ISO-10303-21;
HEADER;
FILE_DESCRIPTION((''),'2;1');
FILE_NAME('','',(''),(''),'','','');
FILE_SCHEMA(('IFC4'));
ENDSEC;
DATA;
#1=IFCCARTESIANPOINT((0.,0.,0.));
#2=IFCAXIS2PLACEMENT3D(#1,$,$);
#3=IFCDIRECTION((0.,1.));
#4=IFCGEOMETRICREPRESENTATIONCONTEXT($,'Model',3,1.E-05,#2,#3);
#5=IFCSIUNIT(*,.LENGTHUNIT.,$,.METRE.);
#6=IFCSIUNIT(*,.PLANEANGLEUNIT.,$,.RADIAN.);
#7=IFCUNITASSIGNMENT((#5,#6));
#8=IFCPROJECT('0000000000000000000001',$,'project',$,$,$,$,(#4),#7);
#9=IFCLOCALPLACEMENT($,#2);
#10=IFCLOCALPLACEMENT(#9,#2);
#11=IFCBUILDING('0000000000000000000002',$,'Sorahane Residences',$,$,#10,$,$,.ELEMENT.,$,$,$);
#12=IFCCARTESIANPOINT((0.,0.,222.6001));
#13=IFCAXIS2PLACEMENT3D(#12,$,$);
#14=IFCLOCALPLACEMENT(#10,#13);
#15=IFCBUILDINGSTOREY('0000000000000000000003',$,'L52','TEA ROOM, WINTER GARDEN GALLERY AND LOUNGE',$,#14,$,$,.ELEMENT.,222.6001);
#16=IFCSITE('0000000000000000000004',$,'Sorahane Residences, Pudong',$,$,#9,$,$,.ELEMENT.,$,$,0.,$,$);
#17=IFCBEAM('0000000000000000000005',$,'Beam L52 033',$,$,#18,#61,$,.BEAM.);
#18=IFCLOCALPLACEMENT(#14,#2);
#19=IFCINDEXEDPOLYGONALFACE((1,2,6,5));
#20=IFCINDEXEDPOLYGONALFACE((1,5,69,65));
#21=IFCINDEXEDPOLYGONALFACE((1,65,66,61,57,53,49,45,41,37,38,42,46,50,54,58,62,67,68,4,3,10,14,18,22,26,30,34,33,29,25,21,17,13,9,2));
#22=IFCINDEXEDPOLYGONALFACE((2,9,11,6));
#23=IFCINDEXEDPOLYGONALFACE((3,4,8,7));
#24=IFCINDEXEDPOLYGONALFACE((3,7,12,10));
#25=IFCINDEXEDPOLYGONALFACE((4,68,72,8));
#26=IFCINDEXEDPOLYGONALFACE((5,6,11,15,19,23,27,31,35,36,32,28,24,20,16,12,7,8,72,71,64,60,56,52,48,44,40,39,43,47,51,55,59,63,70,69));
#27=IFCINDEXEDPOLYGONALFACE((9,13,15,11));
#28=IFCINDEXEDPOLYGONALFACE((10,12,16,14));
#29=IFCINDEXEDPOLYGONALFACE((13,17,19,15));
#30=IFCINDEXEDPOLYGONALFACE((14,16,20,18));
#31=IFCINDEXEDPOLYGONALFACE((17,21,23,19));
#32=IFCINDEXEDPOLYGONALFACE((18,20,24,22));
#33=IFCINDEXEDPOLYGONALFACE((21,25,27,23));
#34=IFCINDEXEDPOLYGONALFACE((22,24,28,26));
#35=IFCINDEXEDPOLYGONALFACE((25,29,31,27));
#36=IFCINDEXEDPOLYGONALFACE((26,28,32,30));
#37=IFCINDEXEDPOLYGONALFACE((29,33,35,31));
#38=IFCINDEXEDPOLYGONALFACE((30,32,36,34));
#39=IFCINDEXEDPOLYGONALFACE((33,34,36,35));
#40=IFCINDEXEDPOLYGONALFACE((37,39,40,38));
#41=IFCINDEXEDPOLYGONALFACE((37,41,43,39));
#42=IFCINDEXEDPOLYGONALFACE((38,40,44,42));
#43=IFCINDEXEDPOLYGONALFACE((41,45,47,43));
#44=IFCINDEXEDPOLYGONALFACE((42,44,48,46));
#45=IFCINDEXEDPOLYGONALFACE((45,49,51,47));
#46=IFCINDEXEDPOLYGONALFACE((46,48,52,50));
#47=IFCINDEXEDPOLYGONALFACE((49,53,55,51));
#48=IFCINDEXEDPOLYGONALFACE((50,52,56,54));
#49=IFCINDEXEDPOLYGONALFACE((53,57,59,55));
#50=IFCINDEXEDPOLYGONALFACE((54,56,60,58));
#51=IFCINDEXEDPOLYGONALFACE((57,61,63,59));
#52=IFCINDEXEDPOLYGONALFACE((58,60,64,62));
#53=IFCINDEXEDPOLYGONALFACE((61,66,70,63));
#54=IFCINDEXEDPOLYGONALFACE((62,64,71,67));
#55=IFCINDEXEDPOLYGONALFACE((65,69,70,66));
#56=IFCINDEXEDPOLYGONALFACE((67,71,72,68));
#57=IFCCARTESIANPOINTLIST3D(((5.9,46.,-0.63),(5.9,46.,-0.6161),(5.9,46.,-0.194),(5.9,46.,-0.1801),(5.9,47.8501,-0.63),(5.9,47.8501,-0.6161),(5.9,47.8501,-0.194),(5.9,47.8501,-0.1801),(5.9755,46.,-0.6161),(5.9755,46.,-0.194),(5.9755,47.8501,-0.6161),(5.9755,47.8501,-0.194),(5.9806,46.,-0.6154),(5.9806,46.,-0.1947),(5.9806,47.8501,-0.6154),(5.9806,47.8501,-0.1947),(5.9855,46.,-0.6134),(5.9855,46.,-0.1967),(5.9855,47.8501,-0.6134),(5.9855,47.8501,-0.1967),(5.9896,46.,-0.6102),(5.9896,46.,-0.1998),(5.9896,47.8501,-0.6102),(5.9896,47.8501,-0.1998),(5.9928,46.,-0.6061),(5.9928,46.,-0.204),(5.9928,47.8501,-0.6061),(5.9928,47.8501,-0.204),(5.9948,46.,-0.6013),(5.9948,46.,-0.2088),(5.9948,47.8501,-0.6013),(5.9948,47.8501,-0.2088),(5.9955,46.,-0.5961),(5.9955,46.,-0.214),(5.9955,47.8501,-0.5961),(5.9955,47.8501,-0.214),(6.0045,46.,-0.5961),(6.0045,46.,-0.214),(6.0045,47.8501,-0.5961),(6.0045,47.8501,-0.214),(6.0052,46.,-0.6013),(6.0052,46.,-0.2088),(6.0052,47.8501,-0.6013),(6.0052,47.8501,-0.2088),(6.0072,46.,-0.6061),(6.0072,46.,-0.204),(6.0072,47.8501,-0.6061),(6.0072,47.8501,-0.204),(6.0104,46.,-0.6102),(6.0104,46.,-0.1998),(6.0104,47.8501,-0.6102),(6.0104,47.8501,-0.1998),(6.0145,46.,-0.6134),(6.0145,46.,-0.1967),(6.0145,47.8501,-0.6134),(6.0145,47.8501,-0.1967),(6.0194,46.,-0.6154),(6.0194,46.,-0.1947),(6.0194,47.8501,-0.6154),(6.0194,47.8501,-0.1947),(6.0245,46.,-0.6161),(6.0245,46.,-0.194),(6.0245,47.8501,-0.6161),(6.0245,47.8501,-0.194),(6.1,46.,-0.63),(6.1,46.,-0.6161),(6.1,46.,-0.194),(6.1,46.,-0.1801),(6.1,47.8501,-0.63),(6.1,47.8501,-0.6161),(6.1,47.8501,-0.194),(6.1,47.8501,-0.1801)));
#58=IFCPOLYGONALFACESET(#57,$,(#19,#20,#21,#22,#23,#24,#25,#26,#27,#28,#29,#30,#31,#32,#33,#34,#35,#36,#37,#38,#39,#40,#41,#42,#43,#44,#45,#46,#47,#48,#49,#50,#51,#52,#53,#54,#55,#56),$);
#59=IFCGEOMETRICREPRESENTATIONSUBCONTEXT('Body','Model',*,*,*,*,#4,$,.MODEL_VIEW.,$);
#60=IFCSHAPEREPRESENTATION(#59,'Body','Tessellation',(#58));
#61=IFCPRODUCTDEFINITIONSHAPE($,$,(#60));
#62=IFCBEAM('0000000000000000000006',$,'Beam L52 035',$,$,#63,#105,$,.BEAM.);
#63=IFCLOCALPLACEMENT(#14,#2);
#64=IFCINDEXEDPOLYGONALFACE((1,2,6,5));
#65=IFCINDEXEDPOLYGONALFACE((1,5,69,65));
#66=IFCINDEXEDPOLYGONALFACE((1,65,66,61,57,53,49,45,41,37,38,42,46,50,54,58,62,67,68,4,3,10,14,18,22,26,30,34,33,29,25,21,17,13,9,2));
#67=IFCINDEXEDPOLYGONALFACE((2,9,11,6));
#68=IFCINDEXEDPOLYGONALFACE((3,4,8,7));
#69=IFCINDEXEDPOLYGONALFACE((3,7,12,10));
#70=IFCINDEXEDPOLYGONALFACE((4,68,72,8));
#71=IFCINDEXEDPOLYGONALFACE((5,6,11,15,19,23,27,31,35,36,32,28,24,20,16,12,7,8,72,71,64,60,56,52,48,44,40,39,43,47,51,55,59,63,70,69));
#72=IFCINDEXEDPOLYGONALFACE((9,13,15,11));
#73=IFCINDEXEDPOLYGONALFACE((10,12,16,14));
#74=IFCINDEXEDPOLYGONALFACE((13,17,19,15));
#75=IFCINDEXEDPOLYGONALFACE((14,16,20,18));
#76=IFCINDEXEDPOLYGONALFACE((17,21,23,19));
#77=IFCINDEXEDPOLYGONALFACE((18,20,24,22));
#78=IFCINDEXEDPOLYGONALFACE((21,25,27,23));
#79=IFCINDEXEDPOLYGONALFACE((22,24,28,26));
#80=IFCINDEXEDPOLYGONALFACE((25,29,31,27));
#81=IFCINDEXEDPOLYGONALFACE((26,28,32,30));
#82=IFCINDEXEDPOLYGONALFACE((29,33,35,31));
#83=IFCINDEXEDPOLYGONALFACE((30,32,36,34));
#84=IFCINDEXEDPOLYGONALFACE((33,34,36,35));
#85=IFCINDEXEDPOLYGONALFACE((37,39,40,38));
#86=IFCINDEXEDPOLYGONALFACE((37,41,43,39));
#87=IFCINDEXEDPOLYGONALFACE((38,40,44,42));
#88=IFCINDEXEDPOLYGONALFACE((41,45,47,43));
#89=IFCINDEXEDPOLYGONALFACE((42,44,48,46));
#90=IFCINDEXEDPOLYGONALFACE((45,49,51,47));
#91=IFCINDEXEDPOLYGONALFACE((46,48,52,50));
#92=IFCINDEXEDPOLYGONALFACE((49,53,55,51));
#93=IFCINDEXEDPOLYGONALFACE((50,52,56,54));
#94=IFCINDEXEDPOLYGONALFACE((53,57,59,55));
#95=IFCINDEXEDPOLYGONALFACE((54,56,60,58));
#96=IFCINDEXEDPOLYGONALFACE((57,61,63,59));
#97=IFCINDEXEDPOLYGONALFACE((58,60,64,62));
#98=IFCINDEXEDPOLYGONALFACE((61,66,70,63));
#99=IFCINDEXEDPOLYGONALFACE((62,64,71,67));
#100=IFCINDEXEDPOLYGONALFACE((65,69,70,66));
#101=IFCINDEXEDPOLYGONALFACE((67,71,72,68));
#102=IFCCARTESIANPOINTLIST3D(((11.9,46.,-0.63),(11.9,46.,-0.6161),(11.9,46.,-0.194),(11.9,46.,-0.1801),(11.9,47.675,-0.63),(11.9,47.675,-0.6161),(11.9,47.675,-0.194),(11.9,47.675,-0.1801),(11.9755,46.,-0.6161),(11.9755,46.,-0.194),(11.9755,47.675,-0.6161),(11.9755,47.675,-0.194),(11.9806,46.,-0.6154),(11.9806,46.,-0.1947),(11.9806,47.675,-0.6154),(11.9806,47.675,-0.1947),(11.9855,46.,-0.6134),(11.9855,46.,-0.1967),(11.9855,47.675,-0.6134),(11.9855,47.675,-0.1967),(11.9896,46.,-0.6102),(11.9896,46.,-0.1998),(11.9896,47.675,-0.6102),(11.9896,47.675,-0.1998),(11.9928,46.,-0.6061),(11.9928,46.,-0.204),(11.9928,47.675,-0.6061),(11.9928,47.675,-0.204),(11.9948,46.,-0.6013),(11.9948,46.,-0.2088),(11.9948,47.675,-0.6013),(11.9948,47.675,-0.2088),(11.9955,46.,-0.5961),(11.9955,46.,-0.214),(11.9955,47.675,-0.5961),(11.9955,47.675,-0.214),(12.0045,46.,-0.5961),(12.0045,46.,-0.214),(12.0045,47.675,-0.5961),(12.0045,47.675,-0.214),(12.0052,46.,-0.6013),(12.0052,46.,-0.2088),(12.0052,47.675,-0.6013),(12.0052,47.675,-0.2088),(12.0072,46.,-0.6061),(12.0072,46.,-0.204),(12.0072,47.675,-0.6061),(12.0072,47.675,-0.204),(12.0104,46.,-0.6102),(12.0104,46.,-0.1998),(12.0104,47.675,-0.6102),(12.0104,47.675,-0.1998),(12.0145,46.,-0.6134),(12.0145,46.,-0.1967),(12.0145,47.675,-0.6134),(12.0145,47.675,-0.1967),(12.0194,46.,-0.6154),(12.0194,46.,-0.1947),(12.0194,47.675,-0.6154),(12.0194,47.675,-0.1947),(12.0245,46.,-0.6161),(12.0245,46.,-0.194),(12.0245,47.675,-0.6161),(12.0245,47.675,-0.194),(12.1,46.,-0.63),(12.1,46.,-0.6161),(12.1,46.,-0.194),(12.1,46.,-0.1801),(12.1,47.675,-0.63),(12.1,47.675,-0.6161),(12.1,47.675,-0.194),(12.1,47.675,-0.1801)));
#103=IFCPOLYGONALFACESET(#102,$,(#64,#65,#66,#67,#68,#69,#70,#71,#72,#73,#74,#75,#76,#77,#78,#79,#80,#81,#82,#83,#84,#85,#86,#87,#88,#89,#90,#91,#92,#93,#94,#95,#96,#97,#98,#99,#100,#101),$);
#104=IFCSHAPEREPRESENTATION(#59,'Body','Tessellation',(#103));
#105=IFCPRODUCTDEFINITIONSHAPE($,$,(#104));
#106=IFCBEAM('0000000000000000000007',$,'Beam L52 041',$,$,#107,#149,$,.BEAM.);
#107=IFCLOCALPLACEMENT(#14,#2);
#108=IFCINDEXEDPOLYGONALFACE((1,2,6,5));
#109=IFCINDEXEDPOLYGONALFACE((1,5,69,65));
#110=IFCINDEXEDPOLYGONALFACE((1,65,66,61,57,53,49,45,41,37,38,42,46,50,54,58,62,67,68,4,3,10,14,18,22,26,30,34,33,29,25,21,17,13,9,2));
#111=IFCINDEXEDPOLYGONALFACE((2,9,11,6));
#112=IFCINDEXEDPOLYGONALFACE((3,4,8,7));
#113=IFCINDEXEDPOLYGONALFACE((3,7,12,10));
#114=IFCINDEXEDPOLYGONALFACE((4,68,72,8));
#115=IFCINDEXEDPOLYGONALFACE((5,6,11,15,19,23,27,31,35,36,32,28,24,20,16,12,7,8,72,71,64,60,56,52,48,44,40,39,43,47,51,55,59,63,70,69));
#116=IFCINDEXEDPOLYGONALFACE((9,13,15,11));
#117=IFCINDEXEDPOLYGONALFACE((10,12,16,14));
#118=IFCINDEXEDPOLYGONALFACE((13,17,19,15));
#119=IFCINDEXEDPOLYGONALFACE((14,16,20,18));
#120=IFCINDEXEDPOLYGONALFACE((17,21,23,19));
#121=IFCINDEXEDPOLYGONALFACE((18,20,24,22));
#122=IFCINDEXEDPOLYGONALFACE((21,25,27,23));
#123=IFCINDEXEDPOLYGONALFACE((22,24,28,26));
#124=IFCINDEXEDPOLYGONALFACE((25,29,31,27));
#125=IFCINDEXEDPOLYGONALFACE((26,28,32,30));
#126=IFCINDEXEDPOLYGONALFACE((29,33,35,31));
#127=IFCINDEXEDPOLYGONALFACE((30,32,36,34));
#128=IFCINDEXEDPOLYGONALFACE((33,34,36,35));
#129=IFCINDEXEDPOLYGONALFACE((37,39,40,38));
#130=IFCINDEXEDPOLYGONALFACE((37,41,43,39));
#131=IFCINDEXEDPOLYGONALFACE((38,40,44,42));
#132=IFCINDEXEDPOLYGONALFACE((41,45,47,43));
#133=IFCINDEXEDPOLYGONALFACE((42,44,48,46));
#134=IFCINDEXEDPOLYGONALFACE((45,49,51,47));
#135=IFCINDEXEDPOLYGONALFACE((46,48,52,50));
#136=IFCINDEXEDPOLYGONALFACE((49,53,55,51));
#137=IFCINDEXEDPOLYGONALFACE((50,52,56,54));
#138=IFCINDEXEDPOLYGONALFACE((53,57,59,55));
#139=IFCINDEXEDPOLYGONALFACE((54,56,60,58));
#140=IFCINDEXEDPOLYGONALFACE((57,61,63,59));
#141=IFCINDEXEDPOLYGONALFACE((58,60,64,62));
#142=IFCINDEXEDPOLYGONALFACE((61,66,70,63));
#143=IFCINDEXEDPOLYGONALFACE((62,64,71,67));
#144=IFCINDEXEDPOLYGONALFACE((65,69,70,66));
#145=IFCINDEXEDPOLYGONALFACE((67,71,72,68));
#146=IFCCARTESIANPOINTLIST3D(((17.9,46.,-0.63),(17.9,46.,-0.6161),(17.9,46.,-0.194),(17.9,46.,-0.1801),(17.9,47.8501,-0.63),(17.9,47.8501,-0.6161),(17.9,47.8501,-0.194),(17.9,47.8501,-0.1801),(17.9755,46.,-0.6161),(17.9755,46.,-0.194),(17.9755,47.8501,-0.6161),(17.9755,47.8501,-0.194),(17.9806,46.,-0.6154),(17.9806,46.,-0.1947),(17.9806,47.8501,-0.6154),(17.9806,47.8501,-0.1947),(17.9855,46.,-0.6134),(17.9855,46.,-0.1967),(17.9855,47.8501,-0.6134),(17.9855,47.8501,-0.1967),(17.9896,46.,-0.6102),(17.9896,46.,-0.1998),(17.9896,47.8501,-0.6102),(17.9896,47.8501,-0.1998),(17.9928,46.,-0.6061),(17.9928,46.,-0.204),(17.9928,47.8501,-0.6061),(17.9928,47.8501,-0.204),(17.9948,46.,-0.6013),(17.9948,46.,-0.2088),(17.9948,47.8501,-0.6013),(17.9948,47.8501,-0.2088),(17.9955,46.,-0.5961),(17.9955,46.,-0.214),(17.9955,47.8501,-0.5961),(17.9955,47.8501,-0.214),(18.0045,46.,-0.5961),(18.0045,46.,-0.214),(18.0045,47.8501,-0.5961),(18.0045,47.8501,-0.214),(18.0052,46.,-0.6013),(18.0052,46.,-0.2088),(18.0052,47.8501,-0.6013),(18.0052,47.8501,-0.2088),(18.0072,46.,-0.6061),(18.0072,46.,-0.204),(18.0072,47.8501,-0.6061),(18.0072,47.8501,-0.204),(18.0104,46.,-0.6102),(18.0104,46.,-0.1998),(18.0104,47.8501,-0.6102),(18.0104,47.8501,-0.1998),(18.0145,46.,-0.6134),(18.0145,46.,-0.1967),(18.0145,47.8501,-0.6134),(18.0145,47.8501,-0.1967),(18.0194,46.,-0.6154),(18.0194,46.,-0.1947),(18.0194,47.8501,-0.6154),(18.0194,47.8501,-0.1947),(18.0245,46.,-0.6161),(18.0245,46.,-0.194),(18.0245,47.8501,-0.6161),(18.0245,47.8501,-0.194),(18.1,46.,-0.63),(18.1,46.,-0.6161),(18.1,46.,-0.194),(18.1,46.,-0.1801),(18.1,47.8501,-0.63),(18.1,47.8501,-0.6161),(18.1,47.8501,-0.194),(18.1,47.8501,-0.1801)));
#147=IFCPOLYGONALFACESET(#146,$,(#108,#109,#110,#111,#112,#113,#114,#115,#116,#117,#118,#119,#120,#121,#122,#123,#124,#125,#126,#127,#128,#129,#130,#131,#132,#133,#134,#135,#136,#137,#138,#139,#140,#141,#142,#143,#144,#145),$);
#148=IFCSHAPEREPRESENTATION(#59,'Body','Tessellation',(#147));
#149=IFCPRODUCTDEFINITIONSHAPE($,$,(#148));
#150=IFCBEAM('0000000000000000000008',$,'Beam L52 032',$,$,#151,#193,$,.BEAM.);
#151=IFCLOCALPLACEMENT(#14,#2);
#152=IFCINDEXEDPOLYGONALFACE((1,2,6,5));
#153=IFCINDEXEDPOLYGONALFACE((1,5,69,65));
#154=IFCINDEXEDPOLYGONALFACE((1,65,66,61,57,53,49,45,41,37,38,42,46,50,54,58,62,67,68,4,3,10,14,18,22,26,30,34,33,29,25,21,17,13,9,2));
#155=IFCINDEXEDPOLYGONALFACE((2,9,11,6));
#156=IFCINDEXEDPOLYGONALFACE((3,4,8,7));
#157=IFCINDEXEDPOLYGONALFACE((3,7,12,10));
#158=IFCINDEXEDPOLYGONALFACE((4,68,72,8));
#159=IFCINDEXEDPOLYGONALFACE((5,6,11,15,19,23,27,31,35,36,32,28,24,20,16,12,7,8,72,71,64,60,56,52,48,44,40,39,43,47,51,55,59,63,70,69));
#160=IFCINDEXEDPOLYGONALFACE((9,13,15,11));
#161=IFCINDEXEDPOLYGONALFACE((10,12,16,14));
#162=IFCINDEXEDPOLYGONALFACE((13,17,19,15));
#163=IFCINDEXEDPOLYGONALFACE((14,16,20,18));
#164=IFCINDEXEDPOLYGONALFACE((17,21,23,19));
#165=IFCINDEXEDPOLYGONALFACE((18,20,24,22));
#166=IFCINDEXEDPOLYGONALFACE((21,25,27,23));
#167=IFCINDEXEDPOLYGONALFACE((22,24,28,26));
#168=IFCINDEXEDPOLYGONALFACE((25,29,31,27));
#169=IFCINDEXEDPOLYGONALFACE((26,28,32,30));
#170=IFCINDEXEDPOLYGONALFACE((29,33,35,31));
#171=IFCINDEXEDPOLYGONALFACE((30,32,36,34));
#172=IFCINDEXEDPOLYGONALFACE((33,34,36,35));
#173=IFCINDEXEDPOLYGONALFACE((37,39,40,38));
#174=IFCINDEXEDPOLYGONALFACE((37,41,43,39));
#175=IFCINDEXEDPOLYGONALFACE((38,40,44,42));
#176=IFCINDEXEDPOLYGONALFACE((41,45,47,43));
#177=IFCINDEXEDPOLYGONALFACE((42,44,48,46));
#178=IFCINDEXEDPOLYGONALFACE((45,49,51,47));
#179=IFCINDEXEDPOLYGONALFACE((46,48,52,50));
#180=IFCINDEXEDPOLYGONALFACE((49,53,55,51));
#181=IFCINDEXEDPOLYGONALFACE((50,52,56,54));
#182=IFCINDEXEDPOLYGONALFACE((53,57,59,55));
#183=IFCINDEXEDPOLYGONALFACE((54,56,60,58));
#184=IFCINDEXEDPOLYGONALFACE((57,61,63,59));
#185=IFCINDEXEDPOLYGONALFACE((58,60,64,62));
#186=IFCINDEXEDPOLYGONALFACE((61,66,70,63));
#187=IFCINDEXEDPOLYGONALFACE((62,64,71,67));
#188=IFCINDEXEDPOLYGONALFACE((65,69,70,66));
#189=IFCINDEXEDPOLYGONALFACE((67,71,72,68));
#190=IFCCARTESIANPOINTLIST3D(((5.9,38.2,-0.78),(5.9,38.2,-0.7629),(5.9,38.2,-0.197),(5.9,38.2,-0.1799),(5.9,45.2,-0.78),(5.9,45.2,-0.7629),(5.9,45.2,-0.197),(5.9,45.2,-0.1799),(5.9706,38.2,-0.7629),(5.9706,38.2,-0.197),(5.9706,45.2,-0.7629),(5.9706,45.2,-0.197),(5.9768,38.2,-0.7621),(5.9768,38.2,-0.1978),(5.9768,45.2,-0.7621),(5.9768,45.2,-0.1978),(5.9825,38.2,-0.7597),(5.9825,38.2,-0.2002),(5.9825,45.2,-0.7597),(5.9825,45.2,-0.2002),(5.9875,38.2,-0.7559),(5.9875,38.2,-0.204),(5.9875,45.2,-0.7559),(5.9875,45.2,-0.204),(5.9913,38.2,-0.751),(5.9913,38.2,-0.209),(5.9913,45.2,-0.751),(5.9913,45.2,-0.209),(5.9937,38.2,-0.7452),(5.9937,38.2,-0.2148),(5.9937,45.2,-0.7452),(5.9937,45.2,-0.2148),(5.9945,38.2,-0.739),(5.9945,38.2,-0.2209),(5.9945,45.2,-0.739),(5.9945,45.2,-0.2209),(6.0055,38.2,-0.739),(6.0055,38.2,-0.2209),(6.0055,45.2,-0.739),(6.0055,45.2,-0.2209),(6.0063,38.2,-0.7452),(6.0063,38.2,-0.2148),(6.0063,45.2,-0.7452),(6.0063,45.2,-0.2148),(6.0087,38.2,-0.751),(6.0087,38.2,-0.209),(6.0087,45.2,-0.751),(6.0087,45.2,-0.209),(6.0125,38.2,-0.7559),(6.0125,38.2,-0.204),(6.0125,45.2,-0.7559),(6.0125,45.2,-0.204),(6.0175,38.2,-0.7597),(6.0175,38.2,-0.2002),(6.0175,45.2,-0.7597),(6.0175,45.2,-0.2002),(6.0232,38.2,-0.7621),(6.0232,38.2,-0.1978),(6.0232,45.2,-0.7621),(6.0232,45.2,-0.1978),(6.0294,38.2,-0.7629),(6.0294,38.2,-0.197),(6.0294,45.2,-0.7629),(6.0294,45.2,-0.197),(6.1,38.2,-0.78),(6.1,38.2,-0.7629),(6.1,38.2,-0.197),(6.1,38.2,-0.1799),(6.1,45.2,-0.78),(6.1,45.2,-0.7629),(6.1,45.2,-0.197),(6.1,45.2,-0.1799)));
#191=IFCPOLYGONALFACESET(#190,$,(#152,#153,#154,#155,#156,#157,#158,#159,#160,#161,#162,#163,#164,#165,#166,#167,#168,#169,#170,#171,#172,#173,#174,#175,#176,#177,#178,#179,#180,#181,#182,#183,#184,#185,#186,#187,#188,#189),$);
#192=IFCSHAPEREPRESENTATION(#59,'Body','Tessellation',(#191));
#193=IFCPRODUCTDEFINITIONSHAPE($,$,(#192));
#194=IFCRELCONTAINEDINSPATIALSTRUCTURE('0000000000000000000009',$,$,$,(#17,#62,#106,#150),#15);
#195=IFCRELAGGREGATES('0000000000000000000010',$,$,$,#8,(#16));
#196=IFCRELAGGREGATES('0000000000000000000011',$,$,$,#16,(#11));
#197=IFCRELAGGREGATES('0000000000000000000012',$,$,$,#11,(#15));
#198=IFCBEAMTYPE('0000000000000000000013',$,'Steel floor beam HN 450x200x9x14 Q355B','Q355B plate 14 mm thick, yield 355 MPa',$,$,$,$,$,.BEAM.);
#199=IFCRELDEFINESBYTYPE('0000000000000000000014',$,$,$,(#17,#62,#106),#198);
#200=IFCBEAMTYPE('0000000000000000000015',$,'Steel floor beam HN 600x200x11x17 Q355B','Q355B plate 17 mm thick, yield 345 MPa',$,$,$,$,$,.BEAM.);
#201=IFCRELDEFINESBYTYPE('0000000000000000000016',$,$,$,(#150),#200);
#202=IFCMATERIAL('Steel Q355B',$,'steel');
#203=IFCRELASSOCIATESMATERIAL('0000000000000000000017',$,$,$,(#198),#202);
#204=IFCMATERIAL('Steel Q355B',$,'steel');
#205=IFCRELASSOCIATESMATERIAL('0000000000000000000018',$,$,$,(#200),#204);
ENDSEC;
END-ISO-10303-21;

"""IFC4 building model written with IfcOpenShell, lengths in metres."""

from ifc_helpers import new_model, si_unit, direction, frame, origin, origin_2d, place, context, subcontext, project, spatial, i_section, extrude, material, material_profile, profile_set, type_object, element, save


model = new_model("IFC4")

# Units and contexts
model_context = context("Model", 3, precision=1e-05, world=origin(), true_north=direction((0.0, 1.0)))
body_context = subcontext(model_context, "Body", "Model", "MODEL_VIEW")
ifc_project = project(units=[si_unit("LENGTHUNIT", "METRE"), si_unit("PLANEANGLEUNIT", "RADIAN")], contexts=[model_context])

# Site, building, storey
site_placement = place(None, origin())
site = spatial("IfcSite", under=ifc_project, at=site_placement, Name="Sorahane Residences, Pudong", CompositionType="ELEMENT", RefElevation=0.0)
building_placement = place(site_placement, origin())
building = spatial("IfcBuilding", under=site, at=building_placement, Name="Sorahane Residences", CompositionType="ELEMENT")
storey_placement = place(building_placement, frame((0.0, 0.0, 222.6001)))
storey = spatial("IfcBuildingStorey", under=building, at=storey_placement, Name="L52", Description="TEA ROOM, WINTER GARDEN GALLERY AND LOUNGE", CompositionType="ELEMENT", Elevation=222.6001)

# Beams
ifc_material_1 = material(Name="Steel Q355B", Category="steel")
ifc_material_profile_1 = material_profile(ifc_material_1, i_section(OverallWidth=0.2, OverallDepth=0.45, WebThickness=0.009, FlangeThickness=0.0139, FilletRadius=0.02, at=origin_2d()), Name="HN 450x200x9x14")
ifc_profile_set_1 = profile_set([ifc_material_profile_1], Name="Steel Q355B")
beam_type_1 = type_object("IfcBeamType", Name="Steel floor beam HN 450x200x9x14 Q355B", Description="Q355B plate 14 mm thick, yield 355 MPa", PredefinedType="BEAM", material=ifc_profile_set_1)
beam_1_placement = place(storey_placement, frame((6.0, 46.0, -0.405), z_axis=(0.0, 1.0, 0.0), x_axis=(-1.0, 0.0, 0.0)))
element("IfcBeam", 1, at=beam_1_placement, inside=storey, type_object=beam_type_1, Name="Beam L52 033", PredefinedType="BEAM", context=body_context, shape_type="SweptSolid", body=[
    extrude(i_section(OverallWidth=0.2, OverallDepth=0.45, WebThickness=0.009, FlangeThickness=0.0139, FilletRadius=0.02, at=origin_2d()), origin(), (0.0, 0.0, 1.0), 1.8501),
])
beam_2_placement = place(storey_placement, frame((12.0, 46.0, -0.405), z_axis=(0.0, 1.0, 0.0), x_axis=(-1.0, 0.0, 0.0)))
element("IfcBeam", 2, at=beam_2_placement, inside=storey, type_object=beam_type_1, Name="Beam L52 035", PredefinedType="BEAM", context=body_context, shape_type="SweptSolid", body=[
    extrude(i_section(OverallWidth=0.2, OverallDepth=0.45, WebThickness=0.009, FlangeThickness=0.0139, FilletRadius=0.02, at=origin_2d()), origin(), (0.0, 0.0, 1.0), 1.675),
])
beam_3_placement = place(storey_placement, frame((18.0, 46.0, -0.405), z_axis=(0.0, 1.0, 0.0), x_axis=(-1.0, 0.0, 0.0)))
element("IfcBeam", 3, at=beam_3_placement, inside=storey, type_object=beam_type_1, Name="Beam L52 041", PredefinedType="BEAM", context=body_context, shape_type="SweptSolid", body=[
    extrude(i_section(OverallWidth=0.2, OverallDepth=0.45, WebThickness=0.009, FlangeThickness=0.0139, FilletRadius=0.02, at=origin_2d()), origin(), (0.0, 0.0, 1.0), 1.8501),
])
ifc_material_2 = material(Name="Steel Q355B", Category="steel")
ifc_material_profile_2 = material_profile(ifc_material_2, i_section(OverallWidth=0.2, OverallDepth=0.6001, WebThickness=0.011, FlangeThickness=0.0171, FilletRadius=0.0239, at=origin_2d()), Name="HN 600x200x11x17")
ifc_profile_set_2 = profile_set([ifc_material_profile_2], Name="Steel Q355B")
beam_type_2 = type_object("IfcBeamType", Name="Steel floor beam HN 600x200x11x17 Q355B", Description="Q355B plate 17 mm thick, yield 345 MPa", PredefinedType="BEAM", material=ifc_profile_set_2)
for number, where, z_axis, x_axis, name in (
    (4, (6.0, 38.2, -0.48), (0.0, 1.0, 0.0), (-1.0, 0.0, 0.0), "Beam L52 032"),
):
    element("IfcBeam", number, at=place(storey_placement, frame(where, z_axis=z_axis, x_axis=x_axis)), inside=storey, type_object=beam_type_2, Name=name, PredefinedType="BEAM", context=body_context, shape_type="SweptSolid", body=[
        extrude(i_section(OverallWidth=0.2, OverallDepth=0.6001, WebThickness=0.011, FlangeThickness=0.0171, FilletRadius=0.0239, at=origin_2d()), origin(), (0.0, 0.0, 1.0), 7.0),
    ])

save(model, "model.ifc")
